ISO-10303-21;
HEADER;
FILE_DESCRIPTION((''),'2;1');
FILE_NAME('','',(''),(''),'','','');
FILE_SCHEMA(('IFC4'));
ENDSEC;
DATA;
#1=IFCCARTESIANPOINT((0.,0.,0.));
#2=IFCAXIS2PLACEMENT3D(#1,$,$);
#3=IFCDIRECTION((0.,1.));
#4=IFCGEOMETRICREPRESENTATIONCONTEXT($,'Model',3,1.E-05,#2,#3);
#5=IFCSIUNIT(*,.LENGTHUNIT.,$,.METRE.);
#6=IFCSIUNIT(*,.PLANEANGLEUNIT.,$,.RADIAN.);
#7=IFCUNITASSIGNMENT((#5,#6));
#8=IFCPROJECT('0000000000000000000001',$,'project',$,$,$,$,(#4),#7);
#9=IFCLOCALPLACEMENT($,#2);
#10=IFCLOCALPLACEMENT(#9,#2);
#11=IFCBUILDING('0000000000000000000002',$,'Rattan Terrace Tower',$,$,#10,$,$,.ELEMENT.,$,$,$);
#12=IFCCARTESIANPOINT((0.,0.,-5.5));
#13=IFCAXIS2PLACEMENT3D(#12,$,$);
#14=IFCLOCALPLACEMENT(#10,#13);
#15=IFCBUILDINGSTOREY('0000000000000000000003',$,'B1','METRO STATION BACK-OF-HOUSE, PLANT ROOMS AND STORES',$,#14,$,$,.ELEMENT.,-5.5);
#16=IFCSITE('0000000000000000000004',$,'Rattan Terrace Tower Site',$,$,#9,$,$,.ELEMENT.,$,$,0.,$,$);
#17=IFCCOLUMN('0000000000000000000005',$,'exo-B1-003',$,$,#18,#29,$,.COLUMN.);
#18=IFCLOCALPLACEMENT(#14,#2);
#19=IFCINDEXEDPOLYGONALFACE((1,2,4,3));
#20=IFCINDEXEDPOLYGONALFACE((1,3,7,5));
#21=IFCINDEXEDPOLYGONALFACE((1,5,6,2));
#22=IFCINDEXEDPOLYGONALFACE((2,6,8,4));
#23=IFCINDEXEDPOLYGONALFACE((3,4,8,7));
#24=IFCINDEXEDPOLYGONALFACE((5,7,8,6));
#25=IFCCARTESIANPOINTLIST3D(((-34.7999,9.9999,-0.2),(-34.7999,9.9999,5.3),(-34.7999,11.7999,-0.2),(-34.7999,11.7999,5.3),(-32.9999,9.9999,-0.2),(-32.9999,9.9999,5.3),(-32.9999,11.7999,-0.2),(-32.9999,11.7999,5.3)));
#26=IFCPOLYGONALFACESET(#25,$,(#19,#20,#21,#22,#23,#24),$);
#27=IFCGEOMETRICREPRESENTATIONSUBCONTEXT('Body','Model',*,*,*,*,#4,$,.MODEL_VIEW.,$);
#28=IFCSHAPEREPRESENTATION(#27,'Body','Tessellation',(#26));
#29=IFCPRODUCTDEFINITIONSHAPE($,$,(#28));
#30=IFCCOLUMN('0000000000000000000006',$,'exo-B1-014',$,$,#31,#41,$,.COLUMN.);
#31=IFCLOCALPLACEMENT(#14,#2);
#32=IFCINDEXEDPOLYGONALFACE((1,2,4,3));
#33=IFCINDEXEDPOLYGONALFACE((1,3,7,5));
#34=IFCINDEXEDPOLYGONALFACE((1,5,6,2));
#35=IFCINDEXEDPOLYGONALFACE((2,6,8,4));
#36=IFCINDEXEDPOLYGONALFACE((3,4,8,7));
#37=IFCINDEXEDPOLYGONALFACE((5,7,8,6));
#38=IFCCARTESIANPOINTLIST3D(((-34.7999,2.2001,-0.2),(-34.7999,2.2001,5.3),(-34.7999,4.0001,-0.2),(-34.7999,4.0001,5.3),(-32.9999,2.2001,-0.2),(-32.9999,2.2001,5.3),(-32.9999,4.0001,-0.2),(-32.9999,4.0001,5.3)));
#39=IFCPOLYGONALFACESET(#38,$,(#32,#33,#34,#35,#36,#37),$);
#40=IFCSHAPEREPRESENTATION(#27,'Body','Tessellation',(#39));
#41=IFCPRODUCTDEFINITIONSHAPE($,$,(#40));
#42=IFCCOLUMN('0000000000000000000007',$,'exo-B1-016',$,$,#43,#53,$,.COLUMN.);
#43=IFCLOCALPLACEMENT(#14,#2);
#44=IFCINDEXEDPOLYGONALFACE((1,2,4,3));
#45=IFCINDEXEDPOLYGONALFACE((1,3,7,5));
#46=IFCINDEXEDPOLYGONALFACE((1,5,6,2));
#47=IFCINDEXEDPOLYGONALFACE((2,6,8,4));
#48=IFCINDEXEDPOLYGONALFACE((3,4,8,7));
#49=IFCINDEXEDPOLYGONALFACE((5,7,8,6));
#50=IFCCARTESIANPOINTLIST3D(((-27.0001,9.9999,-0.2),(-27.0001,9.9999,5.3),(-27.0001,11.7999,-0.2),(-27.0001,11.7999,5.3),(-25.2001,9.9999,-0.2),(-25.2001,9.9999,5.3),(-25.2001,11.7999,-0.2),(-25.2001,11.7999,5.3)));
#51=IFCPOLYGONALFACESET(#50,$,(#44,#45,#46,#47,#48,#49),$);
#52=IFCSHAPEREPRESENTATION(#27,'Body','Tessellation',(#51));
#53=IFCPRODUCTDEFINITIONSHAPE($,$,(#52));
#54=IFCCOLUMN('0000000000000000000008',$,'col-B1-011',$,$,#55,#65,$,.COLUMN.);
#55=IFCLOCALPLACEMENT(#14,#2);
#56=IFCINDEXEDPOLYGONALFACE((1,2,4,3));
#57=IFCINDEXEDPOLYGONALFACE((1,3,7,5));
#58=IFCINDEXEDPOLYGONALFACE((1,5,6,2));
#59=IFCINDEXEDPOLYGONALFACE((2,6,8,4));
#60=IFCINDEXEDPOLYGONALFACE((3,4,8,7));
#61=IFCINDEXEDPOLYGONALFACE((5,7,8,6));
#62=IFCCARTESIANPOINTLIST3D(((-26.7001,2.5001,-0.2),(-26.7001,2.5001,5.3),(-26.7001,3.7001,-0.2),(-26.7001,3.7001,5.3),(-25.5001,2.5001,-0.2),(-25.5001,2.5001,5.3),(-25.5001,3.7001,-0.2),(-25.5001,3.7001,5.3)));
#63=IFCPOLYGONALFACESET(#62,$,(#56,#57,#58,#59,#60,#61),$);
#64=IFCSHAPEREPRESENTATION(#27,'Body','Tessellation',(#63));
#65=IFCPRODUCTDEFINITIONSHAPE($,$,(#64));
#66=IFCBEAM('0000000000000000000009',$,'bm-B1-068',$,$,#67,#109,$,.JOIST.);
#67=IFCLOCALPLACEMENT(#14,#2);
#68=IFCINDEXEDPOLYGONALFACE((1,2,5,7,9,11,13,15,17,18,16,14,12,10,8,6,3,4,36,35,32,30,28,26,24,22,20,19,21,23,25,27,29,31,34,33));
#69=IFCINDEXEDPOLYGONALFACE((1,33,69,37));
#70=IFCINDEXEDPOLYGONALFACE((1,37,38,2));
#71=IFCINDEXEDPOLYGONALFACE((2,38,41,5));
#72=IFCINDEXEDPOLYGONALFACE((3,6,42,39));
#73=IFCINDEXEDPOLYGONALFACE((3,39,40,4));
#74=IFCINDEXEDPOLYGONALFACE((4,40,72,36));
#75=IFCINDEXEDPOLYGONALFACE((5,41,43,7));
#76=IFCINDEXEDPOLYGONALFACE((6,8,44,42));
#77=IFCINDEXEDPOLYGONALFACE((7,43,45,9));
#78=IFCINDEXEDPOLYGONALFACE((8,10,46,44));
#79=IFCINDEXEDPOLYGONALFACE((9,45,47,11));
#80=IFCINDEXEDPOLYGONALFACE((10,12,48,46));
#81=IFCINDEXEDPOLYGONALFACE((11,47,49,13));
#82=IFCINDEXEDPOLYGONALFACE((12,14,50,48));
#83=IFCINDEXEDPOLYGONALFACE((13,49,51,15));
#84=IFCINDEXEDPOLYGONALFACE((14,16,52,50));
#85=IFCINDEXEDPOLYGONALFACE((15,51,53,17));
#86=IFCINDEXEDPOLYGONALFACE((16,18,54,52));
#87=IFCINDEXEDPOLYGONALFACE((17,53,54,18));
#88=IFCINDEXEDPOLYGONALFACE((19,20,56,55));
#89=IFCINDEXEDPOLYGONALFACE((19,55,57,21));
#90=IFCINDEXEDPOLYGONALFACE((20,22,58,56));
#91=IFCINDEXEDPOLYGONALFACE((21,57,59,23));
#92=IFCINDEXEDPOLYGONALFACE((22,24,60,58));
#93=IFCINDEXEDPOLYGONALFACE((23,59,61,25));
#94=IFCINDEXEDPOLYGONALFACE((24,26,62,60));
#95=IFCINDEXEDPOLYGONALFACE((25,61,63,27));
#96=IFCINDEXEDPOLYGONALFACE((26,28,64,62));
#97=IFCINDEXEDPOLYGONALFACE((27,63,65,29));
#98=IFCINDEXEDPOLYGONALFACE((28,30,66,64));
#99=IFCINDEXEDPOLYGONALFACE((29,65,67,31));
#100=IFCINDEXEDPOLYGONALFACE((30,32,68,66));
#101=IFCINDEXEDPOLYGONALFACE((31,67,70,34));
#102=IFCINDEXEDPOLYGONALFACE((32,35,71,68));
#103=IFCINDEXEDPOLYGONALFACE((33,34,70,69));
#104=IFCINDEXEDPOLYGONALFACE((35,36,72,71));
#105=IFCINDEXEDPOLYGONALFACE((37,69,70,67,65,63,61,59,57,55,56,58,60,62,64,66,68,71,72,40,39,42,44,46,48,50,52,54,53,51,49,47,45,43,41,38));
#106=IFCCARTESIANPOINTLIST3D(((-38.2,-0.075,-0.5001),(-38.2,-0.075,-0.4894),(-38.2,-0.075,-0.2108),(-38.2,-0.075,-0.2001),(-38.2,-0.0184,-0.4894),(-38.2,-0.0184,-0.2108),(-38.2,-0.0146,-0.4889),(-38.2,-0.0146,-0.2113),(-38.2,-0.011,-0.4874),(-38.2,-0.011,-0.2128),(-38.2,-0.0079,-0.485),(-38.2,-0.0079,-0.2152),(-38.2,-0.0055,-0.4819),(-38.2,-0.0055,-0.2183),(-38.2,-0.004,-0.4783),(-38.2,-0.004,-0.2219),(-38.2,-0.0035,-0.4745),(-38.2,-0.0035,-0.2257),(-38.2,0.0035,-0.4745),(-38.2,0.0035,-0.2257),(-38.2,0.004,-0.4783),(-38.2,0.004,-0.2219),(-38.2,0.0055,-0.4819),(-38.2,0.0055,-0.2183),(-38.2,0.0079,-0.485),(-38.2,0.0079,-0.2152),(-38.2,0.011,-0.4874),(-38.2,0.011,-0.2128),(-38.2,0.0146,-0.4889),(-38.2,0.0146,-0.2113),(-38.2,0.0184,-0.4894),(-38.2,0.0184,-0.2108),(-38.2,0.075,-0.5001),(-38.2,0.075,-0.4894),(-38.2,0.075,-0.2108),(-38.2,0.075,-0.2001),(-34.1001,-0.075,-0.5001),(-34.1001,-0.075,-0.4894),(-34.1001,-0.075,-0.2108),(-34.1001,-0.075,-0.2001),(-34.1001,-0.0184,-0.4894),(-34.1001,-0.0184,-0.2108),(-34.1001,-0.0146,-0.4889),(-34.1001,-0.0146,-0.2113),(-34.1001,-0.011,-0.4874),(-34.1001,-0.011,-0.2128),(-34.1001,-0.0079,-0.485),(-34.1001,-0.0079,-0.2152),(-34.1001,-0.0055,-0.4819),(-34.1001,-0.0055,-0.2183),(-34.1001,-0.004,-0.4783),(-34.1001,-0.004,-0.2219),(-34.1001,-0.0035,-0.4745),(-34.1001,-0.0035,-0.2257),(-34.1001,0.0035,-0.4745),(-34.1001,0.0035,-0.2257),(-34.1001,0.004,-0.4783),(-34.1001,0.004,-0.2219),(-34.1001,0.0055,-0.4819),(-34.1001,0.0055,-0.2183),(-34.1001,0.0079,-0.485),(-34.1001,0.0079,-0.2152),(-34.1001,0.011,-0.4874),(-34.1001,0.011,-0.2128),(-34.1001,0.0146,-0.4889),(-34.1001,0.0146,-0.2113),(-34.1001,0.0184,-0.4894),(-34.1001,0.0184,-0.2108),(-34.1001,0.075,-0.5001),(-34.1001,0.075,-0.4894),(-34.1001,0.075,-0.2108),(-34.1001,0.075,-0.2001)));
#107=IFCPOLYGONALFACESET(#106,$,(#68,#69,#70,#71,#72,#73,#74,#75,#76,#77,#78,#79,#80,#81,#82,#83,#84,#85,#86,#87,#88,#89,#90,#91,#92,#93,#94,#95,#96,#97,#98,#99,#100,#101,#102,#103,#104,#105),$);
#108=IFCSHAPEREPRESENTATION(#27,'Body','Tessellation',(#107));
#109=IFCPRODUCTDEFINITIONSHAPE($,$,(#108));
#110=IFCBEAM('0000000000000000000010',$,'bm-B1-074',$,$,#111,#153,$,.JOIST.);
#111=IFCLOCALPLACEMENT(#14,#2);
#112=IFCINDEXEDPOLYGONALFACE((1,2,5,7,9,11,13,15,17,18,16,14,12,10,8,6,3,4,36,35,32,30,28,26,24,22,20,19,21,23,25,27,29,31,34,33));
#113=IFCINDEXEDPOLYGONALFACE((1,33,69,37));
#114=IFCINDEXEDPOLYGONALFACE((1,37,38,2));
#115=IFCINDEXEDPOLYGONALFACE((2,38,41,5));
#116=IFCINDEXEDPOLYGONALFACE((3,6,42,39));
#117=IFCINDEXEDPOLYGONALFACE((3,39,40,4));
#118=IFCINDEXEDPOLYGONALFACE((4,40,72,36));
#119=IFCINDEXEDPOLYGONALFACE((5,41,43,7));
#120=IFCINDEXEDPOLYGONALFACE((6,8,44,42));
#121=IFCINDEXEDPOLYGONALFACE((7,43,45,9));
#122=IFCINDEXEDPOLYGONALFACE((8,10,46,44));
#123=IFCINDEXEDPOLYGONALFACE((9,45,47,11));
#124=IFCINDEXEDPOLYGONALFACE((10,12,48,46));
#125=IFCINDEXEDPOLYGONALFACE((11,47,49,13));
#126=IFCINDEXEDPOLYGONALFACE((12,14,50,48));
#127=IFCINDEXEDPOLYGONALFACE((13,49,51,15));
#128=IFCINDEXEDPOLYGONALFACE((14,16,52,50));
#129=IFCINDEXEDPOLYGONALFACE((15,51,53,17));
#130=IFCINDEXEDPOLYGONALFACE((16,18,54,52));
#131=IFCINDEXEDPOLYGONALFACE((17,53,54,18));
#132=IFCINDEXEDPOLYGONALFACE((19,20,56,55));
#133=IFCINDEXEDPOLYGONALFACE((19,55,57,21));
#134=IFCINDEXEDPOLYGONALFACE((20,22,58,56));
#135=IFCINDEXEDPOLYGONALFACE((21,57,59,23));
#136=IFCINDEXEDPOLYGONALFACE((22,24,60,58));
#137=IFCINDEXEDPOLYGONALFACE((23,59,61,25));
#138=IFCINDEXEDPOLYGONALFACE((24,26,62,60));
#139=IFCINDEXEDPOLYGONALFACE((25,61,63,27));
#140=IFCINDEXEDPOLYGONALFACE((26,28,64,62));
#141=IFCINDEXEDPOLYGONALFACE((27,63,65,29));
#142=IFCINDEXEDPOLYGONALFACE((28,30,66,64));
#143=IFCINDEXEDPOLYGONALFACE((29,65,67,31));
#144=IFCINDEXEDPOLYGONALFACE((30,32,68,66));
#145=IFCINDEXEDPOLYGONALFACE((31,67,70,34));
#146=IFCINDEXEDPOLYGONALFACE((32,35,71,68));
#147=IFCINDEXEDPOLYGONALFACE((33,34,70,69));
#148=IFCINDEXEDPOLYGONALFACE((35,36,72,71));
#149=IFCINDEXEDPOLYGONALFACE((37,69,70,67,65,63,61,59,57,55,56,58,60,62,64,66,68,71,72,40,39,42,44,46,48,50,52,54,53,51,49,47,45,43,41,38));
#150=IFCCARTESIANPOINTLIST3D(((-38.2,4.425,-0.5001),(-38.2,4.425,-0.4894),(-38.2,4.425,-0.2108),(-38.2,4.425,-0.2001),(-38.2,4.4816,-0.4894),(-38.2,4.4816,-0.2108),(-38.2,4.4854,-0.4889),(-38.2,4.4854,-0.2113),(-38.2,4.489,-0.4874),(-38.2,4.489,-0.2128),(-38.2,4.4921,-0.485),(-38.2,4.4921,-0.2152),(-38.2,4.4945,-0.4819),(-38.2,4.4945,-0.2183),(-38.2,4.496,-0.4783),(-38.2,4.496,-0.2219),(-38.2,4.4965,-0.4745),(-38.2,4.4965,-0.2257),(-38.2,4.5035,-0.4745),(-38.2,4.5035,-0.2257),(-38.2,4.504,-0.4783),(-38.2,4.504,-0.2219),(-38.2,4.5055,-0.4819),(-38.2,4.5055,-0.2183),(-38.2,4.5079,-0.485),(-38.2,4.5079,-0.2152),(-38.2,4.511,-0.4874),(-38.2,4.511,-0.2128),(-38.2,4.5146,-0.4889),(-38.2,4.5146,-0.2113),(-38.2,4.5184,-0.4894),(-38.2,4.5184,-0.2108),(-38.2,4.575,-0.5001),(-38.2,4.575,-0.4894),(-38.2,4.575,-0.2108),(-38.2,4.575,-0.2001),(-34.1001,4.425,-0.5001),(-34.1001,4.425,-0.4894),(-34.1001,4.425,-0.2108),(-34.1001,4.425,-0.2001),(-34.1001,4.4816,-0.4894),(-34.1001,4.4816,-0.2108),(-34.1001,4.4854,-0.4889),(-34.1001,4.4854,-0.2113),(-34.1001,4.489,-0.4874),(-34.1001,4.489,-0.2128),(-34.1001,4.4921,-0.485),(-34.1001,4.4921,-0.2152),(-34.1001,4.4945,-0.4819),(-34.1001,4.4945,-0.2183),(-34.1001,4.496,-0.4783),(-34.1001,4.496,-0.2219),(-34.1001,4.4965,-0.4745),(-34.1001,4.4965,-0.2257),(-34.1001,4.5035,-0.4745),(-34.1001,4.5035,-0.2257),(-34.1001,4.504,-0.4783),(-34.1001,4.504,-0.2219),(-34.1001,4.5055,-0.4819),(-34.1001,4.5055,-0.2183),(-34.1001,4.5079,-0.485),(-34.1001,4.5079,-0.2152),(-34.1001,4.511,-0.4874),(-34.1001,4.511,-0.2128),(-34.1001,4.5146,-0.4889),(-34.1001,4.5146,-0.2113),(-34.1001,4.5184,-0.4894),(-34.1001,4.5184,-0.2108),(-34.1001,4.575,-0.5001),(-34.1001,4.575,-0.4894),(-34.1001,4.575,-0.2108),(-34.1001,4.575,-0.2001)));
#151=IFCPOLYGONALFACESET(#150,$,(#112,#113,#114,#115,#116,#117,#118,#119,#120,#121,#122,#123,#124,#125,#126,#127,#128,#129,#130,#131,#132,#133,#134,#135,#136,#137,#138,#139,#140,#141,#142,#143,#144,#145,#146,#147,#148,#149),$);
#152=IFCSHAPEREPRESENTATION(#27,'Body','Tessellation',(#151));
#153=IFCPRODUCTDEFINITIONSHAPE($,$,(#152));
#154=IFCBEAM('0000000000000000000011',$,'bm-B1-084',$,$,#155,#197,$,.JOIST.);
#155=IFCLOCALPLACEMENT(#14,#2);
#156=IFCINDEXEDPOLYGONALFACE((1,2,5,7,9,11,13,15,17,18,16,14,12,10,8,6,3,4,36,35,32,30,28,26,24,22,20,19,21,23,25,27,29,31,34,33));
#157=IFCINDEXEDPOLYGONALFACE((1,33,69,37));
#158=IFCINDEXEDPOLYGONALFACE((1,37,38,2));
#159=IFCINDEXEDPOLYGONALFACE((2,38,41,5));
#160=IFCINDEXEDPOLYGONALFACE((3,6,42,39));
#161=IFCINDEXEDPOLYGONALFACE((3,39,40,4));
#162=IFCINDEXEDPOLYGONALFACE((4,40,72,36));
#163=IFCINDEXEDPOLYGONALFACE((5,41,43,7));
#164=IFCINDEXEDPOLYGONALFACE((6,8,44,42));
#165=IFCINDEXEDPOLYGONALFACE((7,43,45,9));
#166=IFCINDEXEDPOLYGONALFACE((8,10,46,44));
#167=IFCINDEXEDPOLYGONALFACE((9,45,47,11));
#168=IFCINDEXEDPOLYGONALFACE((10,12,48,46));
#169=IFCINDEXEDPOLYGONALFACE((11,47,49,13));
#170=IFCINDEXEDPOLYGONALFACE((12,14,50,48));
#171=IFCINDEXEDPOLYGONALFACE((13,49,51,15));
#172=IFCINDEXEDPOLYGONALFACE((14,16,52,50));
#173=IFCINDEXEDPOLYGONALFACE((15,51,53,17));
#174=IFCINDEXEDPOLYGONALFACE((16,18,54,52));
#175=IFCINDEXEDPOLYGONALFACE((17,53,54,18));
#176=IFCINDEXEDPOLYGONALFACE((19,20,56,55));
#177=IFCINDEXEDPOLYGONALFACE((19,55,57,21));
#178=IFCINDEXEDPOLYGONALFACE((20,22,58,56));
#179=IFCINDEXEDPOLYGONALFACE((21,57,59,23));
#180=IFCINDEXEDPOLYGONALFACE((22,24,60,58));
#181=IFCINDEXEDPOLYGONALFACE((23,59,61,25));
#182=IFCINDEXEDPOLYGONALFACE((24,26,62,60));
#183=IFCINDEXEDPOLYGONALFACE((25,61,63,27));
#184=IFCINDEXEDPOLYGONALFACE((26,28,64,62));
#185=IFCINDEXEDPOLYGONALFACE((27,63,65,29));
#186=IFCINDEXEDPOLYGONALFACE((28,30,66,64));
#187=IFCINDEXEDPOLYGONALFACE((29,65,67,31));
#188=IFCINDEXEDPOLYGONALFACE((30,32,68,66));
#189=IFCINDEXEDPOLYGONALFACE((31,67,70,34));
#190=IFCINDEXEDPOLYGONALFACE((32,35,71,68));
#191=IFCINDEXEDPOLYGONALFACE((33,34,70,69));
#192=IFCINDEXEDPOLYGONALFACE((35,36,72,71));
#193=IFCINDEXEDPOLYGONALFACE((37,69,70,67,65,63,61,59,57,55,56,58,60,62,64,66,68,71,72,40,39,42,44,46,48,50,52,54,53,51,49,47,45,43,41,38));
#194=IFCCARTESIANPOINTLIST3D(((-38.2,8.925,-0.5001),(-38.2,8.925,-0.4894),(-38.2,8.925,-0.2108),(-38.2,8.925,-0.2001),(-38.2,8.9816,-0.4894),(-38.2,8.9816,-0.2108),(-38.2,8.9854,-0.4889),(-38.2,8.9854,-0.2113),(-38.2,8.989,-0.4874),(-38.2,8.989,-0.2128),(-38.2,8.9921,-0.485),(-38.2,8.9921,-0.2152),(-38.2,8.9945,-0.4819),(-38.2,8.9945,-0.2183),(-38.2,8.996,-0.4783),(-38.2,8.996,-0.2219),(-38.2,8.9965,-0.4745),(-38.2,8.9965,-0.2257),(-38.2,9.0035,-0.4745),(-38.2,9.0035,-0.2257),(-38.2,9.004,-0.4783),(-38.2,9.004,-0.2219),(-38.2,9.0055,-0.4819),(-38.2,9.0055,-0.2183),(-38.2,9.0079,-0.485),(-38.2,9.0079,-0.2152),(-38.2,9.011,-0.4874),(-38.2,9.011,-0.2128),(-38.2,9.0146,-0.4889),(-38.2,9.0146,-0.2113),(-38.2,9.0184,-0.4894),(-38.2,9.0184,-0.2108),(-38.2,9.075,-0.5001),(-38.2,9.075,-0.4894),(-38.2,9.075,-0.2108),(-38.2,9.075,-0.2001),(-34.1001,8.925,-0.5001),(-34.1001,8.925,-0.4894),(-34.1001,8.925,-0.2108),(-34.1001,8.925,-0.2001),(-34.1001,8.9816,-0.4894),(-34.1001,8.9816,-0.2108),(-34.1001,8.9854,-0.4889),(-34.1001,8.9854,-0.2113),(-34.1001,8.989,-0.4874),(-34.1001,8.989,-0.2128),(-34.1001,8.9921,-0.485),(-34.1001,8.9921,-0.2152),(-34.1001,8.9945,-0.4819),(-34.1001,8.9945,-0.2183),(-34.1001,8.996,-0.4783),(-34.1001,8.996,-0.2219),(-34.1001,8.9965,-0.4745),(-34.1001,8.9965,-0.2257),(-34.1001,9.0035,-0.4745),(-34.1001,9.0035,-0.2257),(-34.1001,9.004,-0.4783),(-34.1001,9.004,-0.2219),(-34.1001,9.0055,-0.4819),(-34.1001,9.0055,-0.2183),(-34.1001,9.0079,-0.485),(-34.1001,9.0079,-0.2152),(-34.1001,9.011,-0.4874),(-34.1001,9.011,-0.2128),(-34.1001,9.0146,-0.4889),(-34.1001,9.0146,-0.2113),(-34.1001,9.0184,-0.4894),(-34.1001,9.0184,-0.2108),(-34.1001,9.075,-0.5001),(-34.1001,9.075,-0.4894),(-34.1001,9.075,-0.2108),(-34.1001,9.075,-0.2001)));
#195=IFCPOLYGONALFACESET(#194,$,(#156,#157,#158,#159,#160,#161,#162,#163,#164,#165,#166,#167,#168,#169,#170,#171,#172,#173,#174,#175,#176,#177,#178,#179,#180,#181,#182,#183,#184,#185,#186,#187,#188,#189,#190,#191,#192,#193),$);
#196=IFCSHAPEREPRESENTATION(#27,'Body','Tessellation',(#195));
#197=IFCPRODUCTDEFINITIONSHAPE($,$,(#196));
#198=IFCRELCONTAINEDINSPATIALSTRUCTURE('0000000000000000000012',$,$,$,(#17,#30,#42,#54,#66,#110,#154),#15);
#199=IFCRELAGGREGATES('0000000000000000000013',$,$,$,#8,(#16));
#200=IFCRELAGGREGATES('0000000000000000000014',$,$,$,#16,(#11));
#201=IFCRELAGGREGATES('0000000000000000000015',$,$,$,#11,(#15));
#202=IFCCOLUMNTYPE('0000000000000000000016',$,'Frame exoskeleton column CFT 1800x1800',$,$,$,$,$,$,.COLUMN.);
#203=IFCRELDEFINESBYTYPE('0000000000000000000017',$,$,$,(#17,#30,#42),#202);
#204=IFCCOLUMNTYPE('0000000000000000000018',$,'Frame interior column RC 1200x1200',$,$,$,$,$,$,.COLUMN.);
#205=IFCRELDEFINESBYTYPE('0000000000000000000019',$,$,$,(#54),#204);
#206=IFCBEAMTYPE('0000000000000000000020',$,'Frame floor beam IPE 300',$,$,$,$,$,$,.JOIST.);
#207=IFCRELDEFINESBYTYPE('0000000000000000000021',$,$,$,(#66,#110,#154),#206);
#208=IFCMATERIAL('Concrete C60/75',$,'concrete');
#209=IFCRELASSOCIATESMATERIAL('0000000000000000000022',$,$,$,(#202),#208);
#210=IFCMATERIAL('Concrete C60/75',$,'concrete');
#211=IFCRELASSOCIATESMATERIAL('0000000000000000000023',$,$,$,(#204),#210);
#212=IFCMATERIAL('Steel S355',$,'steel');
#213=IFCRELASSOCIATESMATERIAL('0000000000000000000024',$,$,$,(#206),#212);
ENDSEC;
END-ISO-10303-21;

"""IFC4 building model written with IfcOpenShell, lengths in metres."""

from ifc_helpers import new_model, si_unit, direction, frame, origin, origin_2d, place, context, subcontext, project, spatial, rectangle, i_section, extrude, material, material_profile, profile_set, type_object, element, save


model = new_model("IFC4")

# Units and contexts
model_context = context("Model", 3, precision=1e-05, world=origin(), true_north=direction((0.0, 1.0)))
body_context = subcontext(model_context, "Body", "Model", "MODEL_VIEW")
ifc_project = project(units=[si_unit("LENGTHUNIT", "METRE"), si_unit("PLANEANGLEUNIT", "RADIAN")], contexts=[model_context])

# Site, building, storey
site_placement = place(None, origin())
site = spatial("IfcSite", under=ifc_project, at=site_placement, Name="Rattan Terrace Tower Site", CompositionType="ELEMENT", RefElevation=0.0)
building_placement = place(site_placement, origin())
building = spatial("IfcBuilding", under=site, at=building_placement, Name="Rattan Terrace Tower", CompositionType="ELEMENT")
storey_placement = place(building_placement, frame((0.0, 0.0, -5.5)))
storey = spatial("IfcBuildingStorey", under=building, at=storey_placement, Name="B1", Description="METRO STATION BACK-OF-HOUSE, PLANT ROOMS AND STORES", CompositionType="ELEMENT", Elevation=-5.5)

# Columns
ifc_material_1 = material(Name="Concrete C60/75", Category="concrete")
ifc_material_profile_1 = material_profile(ifc_material_1, rectangle(XDim=1.8, YDim=1.8, at=origin_2d()), Name="CFT 1800x1800")
ifc_profile_set_1 = profile_set([ifc_material_profile_1], Name="Concrete C60/75")
column_type_1 = type_object("IfcColumnType", Name="Frame exoskeleton column CFT 1800x1800", PredefinedType="COLUMN", material=ifc_profile_set_1)
for number, where, z_axis, x_axis, name in (
    (1, (-33.8999, 10.8999, -0.2), (0.0, 0.0, 1.0), (1.0, 0.0, 0.0), "exo-B1-003"),
    (2, (-33.8999, 3.1001, -0.2), (0.0, 0.0, 1.0), (0.0, 1.0, 0.0), "exo-B1-014"),
    (3, (-26.1001, 10.8999, -0.2), (0.0, 0.0, 1.0), (1.0, 0.0, 0.0), "exo-B1-016"),
):
    element("IfcColumn", number, at=place(storey_placement, frame(where, z_axis=z_axis, x_axis=x_axis)), inside=storey, type_object=column_type_1, Name=name, PredefinedType="COLUMN", context=body_context, shape_type="SweptSolid", body=[
        extrude(rectangle(XDim=1.8, YDim=1.8, at=origin_2d()), origin(), (0.0, 0.0, 1.0), 5.5),
    ])
ifc_material_2 = material(Name="Concrete C60/75", Category="concrete")
ifc_material_profile_2 = material_profile(ifc_material_2, rectangle(XDim=1.2, YDim=1.2, at=origin_2d()), Name="RC 1200x1200")
ifc_profile_set_2 = profile_set([ifc_material_profile_2], Name="Concrete C60/75")
column_type_2 = type_object("IfcColumnType", Name="Frame interior column RC 1200x1200", PredefinedType="COLUMN", material=ifc_profile_set_2)
column_placement = place(storey_placement, frame((-26.1001, 3.1001, -0.2), z_axis=(0.0, 0.0, 1.0), x_axis=(1.0, 0.0, 0.0)))
element("IfcColumn", 4, at=column_placement, inside=storey, type_object=column_type_2, Name="col-B1-011", PredefinedType="COLUMN", context=body_context, shape_type="SweptSolid", body=[
    extrude(rectangle(XDim=1.2, YDim=1.2, at=origin_2d()), origin(), (0.0, 0.0, 1.0), 5.5),
])

# Beams
ifc_material_3 = material(Name="Steel S355", Category="steel")
ifc_material_profile_3 = material_profile(ifc_material_3, i_section(OverallWidth=0.1499, OverallDepth=0.3, WebThickness=0.0071, FlangeThickness=0.0107, FilletRadius=0.0149, at=origin_2d()), Name="IPE 300")
ifc_profile_set_3 = profile_set([ifc_material_profile_3], Name="Steel S355")
beam_type_1 = type_object("IfcBeamType", Name="Frame floor beam IPE 300", PredefinedType="JOIST", material=ifc_profile_set_3)
for number, where, z_axis, x_axis, name in (
    (5, (-38.2, 0.0, -0.3501), (1.0, 0.0, 0.0), (0.0, 1.0, 0.0), "bm-B1-068"),
    (6, (-38.2, 4.5, -0.3501), (1.0, 0.0, 0.0), (0.0, 1.0, 0.0), "bm-B1-074"),
    (7, (-38.2, 9.0, -0.3501), (1.0, 0.0, 0.0), (0.0, 1.0, 0.0), "bm-B1-084"),
):
    element("IfcBeam", number, at=place(storey_placement, frame(where, z_axis=z_axis, x_axis=x_axis)), inside=storey, type_object=beam_type_1, Name=name, PredefinedType="JOIST", context=body_context, shape_type="SweptSolid", body=[
        extrude(i_section(OverallWidth=0.1499, OverallDepth=0.3, WebThickness=0.0071, FlangeThickness=0.0107, FilletRadius=0.0149, at=origin_2d()), origin(), (0.0, 0.0, 1.0), 4.0999),
    ])

save(model, "model.ifc")
